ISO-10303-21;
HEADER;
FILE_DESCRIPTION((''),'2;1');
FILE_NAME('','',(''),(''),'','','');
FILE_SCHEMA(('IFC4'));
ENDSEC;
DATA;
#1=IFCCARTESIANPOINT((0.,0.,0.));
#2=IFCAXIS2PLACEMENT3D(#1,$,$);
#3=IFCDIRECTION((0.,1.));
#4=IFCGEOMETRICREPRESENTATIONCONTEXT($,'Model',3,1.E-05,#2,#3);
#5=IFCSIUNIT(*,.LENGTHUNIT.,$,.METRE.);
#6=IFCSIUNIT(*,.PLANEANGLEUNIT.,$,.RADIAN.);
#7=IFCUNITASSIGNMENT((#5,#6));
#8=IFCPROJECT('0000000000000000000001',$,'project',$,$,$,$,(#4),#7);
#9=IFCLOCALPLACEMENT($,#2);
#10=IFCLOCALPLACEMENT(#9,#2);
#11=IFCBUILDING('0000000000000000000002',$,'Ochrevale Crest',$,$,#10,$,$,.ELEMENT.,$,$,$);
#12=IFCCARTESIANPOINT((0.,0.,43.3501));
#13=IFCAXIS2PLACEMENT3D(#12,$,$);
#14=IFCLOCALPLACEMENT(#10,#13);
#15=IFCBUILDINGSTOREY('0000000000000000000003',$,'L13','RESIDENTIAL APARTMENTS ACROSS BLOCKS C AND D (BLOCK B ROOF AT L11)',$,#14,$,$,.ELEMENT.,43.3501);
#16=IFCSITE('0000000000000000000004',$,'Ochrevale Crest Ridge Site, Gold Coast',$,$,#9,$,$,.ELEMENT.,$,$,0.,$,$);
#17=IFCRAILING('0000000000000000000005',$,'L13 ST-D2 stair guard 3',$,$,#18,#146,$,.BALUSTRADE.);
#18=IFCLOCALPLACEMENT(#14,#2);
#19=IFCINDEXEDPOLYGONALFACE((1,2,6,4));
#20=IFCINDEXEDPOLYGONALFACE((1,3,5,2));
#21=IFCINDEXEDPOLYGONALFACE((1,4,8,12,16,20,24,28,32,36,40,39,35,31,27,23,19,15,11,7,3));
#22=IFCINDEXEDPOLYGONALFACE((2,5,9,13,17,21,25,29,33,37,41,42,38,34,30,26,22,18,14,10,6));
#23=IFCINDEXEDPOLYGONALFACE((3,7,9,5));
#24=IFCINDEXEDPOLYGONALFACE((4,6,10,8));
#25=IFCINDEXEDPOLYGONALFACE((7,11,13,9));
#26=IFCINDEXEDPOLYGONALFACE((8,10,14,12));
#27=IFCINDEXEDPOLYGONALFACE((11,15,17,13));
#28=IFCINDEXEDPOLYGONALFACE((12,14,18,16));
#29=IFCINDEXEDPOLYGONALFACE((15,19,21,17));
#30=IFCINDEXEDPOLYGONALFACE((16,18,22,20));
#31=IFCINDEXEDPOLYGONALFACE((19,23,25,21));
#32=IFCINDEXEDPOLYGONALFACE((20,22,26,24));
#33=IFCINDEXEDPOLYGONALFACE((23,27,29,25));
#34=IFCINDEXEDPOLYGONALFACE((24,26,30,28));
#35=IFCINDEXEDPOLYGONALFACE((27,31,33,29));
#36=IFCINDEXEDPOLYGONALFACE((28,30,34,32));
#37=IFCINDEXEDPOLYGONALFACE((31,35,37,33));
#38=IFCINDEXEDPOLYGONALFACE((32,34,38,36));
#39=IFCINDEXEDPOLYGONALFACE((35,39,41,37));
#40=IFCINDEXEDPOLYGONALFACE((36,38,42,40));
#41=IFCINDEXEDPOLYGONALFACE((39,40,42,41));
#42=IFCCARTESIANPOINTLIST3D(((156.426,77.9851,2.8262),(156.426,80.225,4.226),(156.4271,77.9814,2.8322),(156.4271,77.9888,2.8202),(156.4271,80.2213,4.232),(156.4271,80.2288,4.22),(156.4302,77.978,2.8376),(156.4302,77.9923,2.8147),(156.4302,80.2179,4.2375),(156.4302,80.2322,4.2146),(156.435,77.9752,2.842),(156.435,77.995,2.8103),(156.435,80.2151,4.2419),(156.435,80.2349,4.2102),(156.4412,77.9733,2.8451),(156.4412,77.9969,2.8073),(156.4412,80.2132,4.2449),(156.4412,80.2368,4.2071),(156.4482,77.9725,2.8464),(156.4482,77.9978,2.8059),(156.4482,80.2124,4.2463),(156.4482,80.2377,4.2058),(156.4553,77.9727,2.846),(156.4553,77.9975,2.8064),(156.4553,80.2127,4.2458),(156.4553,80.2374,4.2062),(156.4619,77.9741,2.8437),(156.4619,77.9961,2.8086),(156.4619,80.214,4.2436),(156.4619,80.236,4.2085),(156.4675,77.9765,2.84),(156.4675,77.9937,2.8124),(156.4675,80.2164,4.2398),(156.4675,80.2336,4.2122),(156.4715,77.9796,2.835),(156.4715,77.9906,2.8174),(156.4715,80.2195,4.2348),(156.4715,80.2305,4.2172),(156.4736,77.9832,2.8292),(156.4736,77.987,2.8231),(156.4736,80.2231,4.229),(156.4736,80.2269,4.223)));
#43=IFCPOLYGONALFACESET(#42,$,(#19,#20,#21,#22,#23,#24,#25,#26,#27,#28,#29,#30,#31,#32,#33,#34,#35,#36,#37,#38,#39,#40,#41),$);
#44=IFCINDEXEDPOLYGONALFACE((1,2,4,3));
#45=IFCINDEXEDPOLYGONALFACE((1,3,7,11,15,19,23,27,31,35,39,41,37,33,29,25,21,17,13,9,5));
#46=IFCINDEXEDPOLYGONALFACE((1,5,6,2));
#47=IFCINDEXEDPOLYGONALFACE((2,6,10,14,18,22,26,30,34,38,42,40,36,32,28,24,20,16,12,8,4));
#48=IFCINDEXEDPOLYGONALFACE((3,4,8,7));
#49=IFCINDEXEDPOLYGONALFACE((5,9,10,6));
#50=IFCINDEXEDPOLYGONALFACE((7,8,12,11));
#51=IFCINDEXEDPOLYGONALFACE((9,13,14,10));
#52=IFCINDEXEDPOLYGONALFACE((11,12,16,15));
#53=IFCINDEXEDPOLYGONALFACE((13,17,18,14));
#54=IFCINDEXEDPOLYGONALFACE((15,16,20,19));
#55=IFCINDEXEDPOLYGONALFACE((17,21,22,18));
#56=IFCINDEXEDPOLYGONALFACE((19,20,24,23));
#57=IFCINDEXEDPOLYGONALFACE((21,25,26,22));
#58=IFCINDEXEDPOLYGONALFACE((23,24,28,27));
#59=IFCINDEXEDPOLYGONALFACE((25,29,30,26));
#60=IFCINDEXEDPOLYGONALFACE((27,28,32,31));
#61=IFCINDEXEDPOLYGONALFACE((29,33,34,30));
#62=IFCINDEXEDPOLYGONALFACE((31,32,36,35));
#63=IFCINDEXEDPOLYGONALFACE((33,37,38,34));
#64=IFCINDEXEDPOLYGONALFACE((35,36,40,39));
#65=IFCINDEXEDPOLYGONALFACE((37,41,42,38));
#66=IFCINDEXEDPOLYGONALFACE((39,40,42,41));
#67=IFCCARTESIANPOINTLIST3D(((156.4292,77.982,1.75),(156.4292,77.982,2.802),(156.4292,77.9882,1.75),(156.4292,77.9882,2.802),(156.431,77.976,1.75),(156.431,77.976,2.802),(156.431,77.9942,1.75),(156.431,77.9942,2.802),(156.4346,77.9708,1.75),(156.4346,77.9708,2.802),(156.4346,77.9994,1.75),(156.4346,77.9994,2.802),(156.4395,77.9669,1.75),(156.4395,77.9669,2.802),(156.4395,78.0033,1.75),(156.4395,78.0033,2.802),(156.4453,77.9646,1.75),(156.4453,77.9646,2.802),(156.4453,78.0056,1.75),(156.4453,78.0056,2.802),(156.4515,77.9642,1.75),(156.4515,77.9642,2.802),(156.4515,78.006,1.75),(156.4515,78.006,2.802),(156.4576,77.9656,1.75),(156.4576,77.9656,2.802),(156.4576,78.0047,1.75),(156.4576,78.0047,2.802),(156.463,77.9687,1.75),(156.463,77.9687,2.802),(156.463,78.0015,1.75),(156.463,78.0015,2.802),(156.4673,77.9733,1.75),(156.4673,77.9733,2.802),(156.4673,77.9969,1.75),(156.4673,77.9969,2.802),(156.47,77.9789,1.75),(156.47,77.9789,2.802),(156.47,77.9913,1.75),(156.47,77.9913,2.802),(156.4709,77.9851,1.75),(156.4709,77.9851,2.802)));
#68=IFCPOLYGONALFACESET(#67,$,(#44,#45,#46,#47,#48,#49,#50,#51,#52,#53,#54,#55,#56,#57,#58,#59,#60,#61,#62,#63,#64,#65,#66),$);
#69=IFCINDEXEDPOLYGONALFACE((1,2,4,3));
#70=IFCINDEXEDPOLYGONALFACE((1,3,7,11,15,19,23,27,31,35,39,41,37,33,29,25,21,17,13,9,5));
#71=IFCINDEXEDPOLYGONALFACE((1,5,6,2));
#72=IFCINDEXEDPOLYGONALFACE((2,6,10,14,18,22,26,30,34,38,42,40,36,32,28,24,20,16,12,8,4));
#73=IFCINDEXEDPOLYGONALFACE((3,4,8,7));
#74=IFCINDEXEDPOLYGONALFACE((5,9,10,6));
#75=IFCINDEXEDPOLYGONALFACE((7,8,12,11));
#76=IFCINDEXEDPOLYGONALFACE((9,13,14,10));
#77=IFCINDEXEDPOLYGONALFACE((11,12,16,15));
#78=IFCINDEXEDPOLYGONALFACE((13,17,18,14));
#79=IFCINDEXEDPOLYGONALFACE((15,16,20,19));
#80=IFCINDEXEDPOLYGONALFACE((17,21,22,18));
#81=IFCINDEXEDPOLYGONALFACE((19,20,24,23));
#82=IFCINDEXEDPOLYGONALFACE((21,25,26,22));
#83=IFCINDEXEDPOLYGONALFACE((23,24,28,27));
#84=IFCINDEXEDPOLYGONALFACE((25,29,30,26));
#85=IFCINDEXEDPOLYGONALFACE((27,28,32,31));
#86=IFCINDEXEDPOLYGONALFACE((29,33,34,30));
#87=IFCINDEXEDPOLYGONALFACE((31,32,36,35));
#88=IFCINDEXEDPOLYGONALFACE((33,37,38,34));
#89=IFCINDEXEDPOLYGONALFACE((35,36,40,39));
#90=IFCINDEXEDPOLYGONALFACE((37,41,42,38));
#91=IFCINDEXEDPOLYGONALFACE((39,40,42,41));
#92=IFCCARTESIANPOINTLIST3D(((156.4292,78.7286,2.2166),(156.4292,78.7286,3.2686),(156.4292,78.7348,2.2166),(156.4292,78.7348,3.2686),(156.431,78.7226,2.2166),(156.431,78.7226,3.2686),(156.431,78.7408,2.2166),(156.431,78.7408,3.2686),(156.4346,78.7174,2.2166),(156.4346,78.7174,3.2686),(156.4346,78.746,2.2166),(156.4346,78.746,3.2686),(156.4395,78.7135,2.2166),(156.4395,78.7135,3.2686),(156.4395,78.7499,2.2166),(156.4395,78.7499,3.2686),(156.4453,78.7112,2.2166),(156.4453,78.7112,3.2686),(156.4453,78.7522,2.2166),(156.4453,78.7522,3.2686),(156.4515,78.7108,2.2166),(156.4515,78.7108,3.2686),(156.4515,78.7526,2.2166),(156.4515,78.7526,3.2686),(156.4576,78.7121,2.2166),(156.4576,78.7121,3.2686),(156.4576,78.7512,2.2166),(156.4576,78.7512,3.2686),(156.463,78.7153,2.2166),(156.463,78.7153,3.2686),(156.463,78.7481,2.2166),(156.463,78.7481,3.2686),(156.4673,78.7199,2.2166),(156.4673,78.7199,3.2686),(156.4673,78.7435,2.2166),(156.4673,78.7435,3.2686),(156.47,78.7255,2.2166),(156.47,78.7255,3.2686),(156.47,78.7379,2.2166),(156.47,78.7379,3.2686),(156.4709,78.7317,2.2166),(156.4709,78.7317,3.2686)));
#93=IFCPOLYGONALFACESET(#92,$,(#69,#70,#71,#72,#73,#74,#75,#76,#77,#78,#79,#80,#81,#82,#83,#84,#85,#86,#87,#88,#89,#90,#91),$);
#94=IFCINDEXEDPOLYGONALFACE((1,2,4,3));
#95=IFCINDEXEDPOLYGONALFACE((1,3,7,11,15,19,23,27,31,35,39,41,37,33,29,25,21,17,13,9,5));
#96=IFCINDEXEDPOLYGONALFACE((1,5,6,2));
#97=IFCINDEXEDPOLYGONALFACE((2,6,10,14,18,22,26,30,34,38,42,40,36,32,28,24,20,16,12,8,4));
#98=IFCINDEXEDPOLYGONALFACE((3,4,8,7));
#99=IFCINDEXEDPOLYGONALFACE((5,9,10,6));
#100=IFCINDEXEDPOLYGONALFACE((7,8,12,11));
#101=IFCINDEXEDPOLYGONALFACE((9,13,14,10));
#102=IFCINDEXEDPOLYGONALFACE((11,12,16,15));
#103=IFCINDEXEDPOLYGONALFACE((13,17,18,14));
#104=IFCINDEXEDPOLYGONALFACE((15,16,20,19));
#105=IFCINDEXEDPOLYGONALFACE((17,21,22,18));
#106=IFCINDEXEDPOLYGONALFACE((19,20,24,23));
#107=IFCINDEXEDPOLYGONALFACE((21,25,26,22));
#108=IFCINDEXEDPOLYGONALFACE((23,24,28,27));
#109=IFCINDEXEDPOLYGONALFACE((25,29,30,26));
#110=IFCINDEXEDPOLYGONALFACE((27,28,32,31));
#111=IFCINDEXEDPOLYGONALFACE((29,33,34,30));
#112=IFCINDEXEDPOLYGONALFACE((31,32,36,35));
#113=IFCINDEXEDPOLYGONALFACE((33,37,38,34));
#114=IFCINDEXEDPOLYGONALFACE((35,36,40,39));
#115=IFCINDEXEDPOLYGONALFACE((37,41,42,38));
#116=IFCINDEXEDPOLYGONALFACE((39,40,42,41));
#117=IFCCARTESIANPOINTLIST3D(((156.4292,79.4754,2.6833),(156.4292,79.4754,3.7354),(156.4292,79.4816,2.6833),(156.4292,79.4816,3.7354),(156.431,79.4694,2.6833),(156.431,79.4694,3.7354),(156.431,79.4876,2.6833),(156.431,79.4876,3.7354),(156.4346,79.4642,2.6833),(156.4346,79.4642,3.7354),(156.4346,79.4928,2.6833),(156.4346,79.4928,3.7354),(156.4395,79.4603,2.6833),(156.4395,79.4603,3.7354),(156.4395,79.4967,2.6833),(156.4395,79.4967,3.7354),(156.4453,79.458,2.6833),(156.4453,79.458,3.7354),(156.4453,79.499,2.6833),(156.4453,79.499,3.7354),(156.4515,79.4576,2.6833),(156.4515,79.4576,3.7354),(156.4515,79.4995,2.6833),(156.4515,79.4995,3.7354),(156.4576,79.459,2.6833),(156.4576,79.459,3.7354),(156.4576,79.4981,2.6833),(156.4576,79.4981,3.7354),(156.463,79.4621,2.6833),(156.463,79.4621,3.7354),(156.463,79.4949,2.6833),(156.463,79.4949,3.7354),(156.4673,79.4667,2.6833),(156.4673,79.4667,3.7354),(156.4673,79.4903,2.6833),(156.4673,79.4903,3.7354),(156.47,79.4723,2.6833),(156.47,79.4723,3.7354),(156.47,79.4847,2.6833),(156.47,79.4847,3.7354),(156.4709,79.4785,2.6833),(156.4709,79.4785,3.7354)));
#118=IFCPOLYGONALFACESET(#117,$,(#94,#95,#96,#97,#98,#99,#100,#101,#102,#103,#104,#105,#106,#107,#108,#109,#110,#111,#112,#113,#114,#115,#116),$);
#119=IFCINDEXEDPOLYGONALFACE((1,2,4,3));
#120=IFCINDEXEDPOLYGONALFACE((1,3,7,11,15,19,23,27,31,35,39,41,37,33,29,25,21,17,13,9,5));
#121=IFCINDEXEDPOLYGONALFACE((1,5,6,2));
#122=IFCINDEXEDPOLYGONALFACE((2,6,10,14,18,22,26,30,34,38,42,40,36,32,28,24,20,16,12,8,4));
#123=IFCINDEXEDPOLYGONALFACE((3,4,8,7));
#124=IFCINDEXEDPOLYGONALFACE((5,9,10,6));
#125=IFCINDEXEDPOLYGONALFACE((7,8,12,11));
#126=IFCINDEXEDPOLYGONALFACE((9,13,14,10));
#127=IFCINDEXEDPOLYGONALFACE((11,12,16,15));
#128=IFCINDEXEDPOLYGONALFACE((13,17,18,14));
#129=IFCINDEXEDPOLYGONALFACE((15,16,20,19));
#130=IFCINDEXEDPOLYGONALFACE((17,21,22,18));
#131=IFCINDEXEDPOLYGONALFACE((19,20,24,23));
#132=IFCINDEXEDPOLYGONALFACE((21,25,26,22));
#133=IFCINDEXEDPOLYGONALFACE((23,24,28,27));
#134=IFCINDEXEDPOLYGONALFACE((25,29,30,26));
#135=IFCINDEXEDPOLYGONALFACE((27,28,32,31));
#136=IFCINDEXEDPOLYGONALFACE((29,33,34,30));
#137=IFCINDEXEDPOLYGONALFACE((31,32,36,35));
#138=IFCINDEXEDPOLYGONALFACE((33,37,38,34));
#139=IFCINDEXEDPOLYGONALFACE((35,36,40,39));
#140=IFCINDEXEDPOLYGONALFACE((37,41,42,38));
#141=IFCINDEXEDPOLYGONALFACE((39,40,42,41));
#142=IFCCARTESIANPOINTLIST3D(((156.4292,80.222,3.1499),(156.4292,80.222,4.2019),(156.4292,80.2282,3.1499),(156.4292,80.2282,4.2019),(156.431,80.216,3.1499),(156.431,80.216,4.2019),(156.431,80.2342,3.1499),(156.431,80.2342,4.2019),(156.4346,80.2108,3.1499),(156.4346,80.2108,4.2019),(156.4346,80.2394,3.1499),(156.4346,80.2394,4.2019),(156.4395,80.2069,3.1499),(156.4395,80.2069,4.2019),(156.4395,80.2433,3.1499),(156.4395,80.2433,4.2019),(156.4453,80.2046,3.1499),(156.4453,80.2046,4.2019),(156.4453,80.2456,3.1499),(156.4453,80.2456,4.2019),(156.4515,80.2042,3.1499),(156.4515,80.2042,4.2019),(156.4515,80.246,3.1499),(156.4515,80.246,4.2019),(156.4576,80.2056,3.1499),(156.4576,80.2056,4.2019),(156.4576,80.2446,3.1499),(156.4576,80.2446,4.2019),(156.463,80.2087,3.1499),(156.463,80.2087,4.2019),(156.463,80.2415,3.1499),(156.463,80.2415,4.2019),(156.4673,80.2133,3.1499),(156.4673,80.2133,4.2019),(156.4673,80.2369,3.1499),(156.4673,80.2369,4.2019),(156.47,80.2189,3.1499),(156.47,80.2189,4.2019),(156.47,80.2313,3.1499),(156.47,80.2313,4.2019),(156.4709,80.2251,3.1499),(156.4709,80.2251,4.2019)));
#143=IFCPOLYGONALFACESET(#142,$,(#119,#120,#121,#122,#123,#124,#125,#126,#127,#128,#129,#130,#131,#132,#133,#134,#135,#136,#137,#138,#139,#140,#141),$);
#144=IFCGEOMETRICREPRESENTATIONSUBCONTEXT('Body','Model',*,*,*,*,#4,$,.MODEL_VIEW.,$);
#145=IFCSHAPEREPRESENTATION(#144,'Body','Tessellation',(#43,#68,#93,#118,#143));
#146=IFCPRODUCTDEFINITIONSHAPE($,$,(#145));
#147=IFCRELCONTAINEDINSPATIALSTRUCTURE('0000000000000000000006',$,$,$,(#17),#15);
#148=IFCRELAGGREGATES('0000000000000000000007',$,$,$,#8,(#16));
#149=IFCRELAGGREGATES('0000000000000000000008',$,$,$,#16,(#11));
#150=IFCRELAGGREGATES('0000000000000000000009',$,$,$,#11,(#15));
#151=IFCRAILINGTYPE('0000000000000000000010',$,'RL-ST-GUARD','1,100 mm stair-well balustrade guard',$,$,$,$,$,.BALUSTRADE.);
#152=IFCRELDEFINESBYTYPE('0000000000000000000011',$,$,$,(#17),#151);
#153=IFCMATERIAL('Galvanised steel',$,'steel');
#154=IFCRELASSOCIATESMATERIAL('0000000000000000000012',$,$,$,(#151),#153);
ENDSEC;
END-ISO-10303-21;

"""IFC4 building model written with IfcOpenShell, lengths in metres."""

from ifc_helpers import new_model, si_unit, direction, frame, origin, origin_2d, place, context, subcontext, project, spatial, circle, extrude, material, type_object, element, save


model = new_model("IFC4")

# Units and contexts
model_context = context("Model", 3, precision=1e-05, world=origin(), true_north=direction((0.0, 1.0)))
body_context = subcontext(model_context, "Body", "Model", "MODEL_VIEW")
ifc_project = project(units=[si_unit("LENGTHUNIT", "METRE"), si_unit("PLANEANGLEUNIT", "RADIAN")], contexts=[model_context])

# Site, building, storey
site_placement = place(None, origin())
site = spatial("IfcSite", under=ifc_project, at=site_placement, Name="Ochrevale Crest Ridge Site, Gold Coast", CompositionType="ELEMENT", RefElevation=0.0)
building_placement = place(site_placement, origin())
building = spatial("IfcBuilding", under=site, at=building_placement, Name="Ochrevale Crest", CompositionType="ELEMENT")
storey_placement = place(building_placement, frame((0.0, 0.0, 43.3501)))
storey = spatial("IfcBuildingStorey", under=building, at=storey_placement, Name="L13", Description="RESIDENTIAL APARTMENTS ACROSS BLOCKS C AND D (BLOCK B ROOF AT L11)", CompositionType="ELEMENT", Elevation=43.3501)

# Railing
ifc_material_1 = material(Name="Galvanised steel", Category="steel")
railing_type_1 = type_object("IfcRailingType", Name="RL-ST-GUARD", Description="1,100 mm stair-well balustrade guard", PredefinedType="BALUSTRADE", material=ifc_material_1)
railing_1_placement = place(storey_placement, frame((156.45, 77.9851, 1.75)))
element("IfcRailing", 1, at=railing_1_placement, inside=storey, type_object=railing_type_1, Name="L13 ST-D2 stair guard 3", PredefinedType="BALUSTRADE", context=body_context, shape_type="SweptSolid", body=[
    extrude(circle(Radius=0.0239, at=origin_2d()), frame((0.0, 0.0, 1.0762), z_axis=(0.0, 0.848014, 0.529974), x_axis=(-1.0, 0.0, 0.0)), (0.0, 0.0, 1.0), 2.6414),
    extrude(circle(Radius=0.021, at=origin_2d()), origin(), (0.0, 0.0, 1.0), 1.052),
    extrude(circle(Radius=0.021, at=origin_2d()), frame((0.0, 0.7466, 0.4666)), (0.0, 0.0, 1.0), 1.052),
    extrude(circle(Radius=0.021, at=origin_2d()), frame((0.0, 1.4934, 0.9333)), (0.0, 0.0, 1.0), 1.052),
    extrude(circle(Radius=0.021, at=origin_2d()), frame((0.0, 2.24, 1.3999)), (0.0, 0.0, 1.0), 1.052),
])

save(model, "model.ifc")
